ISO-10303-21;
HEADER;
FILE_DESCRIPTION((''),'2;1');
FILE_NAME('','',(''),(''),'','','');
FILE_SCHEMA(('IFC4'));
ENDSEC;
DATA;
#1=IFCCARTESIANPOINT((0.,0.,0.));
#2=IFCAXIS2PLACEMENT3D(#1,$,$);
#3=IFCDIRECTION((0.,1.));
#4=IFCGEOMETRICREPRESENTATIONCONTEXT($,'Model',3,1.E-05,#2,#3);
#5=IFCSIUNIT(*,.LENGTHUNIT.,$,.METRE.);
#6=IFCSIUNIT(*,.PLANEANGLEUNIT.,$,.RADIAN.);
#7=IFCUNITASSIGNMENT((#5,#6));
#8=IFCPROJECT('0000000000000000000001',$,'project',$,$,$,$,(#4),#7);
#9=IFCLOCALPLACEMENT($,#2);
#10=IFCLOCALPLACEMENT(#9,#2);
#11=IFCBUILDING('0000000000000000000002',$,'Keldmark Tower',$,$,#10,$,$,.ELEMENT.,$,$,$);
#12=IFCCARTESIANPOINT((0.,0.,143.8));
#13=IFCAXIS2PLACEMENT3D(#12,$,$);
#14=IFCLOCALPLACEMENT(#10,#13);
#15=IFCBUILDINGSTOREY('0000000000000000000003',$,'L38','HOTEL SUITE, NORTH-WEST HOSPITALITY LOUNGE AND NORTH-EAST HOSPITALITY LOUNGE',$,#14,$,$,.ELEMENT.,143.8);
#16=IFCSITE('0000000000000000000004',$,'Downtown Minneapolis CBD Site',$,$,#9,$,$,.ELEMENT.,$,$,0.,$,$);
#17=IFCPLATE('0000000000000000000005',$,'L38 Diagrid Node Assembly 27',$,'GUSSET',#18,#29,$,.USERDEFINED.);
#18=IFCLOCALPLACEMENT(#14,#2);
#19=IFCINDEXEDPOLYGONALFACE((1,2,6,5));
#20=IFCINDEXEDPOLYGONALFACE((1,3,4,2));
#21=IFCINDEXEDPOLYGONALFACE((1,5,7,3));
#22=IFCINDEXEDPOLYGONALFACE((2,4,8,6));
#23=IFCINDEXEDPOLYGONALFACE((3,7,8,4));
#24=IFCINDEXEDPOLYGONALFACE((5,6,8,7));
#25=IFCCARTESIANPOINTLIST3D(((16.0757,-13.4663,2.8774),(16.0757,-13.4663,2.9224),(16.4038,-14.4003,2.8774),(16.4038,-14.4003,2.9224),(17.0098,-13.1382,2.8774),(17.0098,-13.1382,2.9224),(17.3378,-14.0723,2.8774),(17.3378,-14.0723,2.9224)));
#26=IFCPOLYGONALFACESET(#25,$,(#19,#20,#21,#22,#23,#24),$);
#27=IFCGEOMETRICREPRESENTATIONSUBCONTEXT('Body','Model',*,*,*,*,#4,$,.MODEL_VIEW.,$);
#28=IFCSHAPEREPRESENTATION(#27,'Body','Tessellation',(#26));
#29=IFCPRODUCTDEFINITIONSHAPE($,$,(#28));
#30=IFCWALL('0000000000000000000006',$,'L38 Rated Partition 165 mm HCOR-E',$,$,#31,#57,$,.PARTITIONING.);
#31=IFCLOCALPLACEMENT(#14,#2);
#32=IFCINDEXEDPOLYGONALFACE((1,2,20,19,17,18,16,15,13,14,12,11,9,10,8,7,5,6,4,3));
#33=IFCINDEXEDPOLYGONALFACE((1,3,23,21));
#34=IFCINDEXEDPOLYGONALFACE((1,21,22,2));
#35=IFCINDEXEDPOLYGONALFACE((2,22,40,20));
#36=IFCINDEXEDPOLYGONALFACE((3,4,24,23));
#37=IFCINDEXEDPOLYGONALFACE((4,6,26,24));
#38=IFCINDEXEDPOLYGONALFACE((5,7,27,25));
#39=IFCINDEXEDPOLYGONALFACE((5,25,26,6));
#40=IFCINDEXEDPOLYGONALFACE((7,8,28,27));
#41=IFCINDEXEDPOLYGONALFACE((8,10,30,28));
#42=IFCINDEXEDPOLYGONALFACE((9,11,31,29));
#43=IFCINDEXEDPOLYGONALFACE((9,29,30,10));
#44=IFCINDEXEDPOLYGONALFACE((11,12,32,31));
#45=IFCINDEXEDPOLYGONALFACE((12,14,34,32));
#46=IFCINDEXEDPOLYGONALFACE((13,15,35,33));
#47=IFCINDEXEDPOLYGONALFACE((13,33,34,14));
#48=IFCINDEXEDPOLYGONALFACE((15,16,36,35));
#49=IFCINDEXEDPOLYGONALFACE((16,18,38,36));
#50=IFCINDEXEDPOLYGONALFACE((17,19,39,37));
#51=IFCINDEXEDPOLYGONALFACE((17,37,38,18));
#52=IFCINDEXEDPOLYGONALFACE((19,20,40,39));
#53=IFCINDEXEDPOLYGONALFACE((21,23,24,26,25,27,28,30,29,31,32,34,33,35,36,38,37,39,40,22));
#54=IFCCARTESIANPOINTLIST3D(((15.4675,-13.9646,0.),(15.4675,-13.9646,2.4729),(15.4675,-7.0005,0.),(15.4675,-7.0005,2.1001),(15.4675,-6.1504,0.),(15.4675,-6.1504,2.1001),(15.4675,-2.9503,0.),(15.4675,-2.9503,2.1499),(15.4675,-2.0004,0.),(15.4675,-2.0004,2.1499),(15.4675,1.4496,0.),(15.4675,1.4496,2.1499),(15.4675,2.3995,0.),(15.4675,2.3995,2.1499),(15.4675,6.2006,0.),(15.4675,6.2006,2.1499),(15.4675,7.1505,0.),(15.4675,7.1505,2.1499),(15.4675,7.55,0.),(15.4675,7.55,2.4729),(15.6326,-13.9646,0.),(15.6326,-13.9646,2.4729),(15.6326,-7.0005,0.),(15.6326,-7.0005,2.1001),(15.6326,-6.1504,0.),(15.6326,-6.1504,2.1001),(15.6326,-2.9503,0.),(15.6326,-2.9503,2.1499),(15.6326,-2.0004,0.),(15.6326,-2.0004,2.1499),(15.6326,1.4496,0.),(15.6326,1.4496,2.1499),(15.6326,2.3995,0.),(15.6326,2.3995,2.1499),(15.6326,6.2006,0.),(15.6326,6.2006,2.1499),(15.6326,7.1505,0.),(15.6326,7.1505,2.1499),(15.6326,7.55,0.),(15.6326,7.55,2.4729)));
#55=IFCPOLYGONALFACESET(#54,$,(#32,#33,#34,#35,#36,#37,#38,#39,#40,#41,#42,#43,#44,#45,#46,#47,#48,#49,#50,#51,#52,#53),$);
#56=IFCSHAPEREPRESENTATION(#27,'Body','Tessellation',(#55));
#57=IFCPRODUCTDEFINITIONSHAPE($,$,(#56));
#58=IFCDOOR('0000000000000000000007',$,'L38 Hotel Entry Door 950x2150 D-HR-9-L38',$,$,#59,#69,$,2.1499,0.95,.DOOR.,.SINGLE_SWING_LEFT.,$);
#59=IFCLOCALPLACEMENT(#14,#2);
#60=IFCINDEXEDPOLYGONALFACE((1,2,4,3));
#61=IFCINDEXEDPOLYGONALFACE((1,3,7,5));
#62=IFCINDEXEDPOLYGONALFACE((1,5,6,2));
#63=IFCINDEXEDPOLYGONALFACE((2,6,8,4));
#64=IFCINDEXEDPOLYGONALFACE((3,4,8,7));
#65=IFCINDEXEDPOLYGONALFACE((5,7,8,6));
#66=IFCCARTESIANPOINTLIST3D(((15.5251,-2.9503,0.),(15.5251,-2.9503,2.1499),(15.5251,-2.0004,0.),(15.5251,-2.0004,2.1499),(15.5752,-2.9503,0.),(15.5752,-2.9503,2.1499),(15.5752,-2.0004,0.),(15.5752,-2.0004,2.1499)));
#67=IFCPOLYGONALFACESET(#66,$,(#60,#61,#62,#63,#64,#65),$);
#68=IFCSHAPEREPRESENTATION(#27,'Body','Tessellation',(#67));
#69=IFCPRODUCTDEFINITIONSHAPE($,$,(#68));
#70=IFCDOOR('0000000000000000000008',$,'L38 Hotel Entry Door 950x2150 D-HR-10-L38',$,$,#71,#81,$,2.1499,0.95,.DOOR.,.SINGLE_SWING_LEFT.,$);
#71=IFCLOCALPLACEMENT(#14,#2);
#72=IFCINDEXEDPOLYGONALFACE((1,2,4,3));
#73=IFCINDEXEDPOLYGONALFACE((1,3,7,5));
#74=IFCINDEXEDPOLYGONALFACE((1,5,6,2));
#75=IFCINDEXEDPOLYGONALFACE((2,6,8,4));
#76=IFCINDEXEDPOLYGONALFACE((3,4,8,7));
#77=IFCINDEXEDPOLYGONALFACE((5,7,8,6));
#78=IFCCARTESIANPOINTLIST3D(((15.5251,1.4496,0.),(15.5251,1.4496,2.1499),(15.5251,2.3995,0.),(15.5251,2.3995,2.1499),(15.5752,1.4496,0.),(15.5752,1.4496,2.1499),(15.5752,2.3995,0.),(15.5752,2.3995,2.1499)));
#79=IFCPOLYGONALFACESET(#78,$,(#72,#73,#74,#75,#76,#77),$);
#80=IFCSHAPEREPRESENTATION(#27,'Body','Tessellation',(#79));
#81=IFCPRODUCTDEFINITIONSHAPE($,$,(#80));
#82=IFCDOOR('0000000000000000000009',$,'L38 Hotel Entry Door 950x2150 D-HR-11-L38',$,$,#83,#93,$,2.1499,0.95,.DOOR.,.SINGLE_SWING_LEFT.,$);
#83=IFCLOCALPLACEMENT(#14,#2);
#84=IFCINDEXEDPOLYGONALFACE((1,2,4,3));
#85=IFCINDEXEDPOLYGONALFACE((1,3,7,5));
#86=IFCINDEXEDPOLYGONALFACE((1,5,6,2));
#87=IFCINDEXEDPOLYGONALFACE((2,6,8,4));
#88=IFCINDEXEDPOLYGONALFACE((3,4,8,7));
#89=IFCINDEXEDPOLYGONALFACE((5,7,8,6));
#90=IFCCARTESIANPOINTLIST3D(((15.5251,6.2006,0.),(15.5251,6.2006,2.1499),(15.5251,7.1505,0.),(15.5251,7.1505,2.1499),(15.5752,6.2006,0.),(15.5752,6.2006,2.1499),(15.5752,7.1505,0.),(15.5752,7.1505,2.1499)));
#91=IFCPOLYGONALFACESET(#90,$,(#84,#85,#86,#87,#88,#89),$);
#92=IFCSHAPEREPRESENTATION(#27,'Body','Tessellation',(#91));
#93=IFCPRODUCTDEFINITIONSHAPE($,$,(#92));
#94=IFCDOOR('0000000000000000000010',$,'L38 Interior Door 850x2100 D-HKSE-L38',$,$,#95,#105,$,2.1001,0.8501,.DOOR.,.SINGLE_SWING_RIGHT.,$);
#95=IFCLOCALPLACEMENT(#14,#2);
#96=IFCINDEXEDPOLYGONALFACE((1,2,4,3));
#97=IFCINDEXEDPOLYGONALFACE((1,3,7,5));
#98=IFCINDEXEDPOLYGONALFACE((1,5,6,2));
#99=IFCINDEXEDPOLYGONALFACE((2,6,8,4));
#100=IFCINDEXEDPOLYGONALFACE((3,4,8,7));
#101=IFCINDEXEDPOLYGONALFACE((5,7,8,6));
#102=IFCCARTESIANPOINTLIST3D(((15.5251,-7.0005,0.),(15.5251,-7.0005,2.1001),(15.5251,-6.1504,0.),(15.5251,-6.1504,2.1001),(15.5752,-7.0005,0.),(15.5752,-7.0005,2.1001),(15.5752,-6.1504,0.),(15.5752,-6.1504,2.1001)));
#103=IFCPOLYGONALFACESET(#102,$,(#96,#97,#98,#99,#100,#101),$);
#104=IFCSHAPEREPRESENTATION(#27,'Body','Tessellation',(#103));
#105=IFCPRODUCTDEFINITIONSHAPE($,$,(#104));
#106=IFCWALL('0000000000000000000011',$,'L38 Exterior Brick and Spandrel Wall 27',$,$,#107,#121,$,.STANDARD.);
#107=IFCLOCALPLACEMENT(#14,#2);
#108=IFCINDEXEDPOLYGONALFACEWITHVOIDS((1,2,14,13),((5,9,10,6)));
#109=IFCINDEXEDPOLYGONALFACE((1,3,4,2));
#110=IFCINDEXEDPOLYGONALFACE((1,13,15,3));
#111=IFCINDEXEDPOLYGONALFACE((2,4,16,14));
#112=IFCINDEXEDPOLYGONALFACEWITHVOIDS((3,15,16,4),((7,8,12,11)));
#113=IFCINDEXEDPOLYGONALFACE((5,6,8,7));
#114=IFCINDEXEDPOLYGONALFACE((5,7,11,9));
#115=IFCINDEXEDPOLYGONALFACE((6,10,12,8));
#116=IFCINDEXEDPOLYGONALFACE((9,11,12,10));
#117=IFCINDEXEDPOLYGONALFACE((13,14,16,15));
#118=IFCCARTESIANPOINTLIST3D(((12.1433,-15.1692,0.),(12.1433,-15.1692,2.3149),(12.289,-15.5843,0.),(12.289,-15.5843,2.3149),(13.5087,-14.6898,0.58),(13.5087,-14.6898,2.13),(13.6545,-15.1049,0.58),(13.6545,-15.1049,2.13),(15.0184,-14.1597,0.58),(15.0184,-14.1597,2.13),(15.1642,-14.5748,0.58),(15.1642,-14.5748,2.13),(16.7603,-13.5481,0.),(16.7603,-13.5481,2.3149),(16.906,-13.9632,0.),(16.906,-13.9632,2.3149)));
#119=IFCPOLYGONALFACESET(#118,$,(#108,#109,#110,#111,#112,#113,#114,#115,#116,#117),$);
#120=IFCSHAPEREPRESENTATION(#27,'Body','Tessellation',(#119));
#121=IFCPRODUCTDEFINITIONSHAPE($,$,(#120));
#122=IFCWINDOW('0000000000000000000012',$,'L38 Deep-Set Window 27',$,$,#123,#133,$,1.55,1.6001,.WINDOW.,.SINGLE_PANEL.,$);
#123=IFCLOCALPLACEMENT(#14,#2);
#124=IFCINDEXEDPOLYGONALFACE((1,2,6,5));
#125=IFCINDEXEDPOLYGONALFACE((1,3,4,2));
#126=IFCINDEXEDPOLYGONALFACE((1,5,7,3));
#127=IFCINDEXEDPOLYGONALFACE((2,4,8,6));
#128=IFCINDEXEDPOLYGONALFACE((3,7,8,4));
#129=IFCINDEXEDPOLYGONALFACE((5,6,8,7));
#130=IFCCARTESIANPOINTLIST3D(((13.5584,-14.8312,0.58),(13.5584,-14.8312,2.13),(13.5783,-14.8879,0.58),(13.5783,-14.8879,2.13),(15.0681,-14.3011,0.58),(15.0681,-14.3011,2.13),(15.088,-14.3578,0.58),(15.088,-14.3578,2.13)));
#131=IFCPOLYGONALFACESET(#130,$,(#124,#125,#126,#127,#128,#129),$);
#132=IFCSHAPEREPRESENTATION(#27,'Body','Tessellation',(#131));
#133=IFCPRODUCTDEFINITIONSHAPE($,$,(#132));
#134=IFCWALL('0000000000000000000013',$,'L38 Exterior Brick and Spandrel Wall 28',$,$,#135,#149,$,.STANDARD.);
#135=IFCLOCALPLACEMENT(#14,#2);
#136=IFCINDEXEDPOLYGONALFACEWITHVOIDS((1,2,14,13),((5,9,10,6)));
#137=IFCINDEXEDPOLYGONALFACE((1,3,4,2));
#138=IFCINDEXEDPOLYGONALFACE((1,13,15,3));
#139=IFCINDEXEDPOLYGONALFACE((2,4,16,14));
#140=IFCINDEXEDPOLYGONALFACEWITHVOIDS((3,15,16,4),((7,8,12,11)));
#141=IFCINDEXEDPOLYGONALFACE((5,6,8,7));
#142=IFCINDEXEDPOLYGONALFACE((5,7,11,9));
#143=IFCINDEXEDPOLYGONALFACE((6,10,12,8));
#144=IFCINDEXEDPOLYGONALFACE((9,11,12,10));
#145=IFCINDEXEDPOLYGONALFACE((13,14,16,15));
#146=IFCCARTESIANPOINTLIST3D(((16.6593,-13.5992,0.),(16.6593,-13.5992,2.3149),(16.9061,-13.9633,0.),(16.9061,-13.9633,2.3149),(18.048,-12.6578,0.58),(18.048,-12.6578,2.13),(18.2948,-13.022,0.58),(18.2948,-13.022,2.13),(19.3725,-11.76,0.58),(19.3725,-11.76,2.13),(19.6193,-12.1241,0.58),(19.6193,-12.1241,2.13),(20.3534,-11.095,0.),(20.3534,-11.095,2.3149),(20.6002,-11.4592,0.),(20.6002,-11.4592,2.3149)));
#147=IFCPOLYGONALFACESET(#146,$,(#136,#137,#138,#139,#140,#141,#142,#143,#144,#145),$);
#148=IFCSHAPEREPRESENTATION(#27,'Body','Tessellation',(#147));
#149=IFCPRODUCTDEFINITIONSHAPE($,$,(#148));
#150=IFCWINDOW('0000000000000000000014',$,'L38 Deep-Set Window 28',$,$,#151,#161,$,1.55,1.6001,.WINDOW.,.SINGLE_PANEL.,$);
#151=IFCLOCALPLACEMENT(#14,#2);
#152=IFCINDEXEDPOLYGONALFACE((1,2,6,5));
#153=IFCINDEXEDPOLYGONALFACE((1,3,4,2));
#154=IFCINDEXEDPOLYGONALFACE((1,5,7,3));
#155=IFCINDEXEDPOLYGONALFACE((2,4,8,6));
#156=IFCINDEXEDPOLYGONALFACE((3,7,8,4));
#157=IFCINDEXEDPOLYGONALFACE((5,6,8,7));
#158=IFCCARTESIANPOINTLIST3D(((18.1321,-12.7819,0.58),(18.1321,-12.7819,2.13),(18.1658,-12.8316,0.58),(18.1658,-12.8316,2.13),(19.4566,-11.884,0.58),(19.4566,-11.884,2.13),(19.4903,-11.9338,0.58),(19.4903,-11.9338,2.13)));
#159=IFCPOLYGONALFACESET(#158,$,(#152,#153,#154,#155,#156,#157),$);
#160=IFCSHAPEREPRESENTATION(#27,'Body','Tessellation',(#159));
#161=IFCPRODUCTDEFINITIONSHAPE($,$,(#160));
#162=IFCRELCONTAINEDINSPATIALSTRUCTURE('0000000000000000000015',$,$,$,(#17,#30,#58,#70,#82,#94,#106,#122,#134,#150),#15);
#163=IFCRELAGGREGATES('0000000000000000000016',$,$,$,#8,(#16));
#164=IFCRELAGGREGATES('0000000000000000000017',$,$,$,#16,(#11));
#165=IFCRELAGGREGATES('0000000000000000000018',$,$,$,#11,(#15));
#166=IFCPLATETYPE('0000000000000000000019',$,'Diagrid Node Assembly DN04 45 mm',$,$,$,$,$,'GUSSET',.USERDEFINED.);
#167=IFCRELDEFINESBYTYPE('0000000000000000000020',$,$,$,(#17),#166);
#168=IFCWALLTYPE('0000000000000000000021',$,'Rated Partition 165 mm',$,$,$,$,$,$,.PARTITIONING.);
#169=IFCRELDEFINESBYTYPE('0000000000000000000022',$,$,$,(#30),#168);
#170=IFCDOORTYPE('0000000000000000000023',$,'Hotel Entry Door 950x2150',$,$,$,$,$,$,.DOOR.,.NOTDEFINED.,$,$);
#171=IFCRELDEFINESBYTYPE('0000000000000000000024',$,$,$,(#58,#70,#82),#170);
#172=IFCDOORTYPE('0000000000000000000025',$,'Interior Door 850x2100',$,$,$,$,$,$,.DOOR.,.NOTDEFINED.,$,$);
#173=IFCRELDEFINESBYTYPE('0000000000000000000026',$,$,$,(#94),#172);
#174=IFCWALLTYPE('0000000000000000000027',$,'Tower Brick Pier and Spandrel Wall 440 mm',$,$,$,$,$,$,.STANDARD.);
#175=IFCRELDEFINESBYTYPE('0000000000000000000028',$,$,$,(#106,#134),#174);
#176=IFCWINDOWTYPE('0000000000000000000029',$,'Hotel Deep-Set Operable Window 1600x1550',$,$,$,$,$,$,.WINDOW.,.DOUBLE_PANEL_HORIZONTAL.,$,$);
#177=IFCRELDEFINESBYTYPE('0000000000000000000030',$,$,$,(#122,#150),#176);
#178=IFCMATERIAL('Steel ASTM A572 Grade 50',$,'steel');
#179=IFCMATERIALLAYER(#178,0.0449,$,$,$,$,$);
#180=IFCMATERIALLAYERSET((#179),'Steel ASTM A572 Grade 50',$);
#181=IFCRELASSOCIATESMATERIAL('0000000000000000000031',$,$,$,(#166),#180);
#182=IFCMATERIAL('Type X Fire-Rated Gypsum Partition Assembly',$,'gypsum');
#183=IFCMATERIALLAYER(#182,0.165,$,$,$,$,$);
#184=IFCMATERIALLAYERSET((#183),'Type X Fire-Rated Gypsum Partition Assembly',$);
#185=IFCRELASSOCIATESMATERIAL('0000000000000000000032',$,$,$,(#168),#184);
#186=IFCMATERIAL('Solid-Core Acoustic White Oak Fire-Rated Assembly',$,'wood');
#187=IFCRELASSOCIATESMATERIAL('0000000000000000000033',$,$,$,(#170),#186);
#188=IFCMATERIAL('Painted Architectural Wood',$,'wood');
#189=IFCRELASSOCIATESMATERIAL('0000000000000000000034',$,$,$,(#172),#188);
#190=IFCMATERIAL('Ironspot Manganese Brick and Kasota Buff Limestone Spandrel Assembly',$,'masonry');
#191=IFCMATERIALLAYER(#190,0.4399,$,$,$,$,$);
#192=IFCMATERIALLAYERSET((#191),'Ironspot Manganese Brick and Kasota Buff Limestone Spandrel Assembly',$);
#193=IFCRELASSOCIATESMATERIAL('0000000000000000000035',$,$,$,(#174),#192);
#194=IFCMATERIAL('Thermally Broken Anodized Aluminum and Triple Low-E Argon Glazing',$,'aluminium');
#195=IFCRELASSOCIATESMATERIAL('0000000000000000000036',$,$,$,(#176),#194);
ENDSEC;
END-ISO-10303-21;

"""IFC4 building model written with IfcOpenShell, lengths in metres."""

from ifc_helpers import new_model, si_unit, direction, frame, frame_2d, origin, origin_2d, place, context, subcontext, project, spatial, rectangle, extrude, material, layer, layer_set, type_object, element, fill, save


model = new_model("IFC4")

# Units and contexts
model_context = context("Model", 3, precision=1e-05, world=origin(), true_north=direction((0.0, 1.0)))
body_context = subcontext(model_context, "Body", "Model", "MODEL_VIEW")
ifc_project = project(units=[si_unit("LENGTHUNIT", "METRE"), si_unit("PLANEANGLEUNIT", "RADIAN")], contexts=[model_context])

# Site, building, storey
site_placement = place(None, origin())
site = spatial("IfcSite", under=ifc_project, at=site_placement, Name="Downtown Minneapolis CBD Site", CompositionType="ELEMENT", RefElevation=0.0)
building_placement = place(site_placement, origin())
building = spatial("IfcBuilding", under=site, at=building_placement, Name="Keldmark Tower", CompositionType="ELEMENT")
storey_placement = place(building_placement, frame((0.0, 0.0, 143.8)))
storey = spatial("IfcBuildingStorey", under=building, at=storey_placement, Name="L38", Description="HOTEL SUITE, NORTH-WEST HOSPITALITY LOUNGE AND NORTH-EAST HOSPITALITY LOUNGE", CompositionType="ELEMENT", Elevation=143.8)

# Plate
ifc_material_1 = material(Name="Steel ASTM A572 Grade 50", Category="steel")
ifc_layer_1 = layer(ifc_material_1, 0.0449)
ifc_layer_set_1 = layer_set([ifc_layer_1], Name="Steel ASTM A572 Grade 50")
plate_type = type_object("IfcPlateType", Name="Diagrid Node Assembly DN04 45 mm", ElementType="GUSSET", PredefinedType="USERDEFINED", material=ifc_layer_set_1)
plate_placement = place(storey_placement, frame((16.7068, -13.7693, 2.8774), z_axis=(0.0, 0.0, 1.0), x_axis=(0.943512, 0.331338, 0.0)))
element("IfcPlate", 1, at=plate_placement, inside=storey, type_object=plate_type, Name="L38 Diagrid Node Assembly 27", ObjectType="GUSSET", PredefinedType="USERDEFINED", context=body_context, shape_type="SweptSolid", body=[
    extrude(rectangle(XDim=0.99, YDim=0.99, at=origin_2d()), origin(), (0.0, 0.0, 1.0), 0.0449),
])

# Wall, openings, doors
ifc_material_2 = material(Name="Type X Fire-Rated Gypsum Partition Assembly", Category="gypsum")
ifc_layer_2 = layer(ifc_material_2, 0.165)
ifc_layer_set_2 = layer_set([ifc_layer_2], Name="Type X Fire-Rated Gypsum Partition Assembly")
wall_type_1 = type_object("IfcWallType", Name="Rated Partition 165 mm", PredefinedType="PARTITIONING", material=ifc_layer_set_2)
wall_1_placement = place(storey_placement, frame((15.55, -13.9646, 0.0), z_axis=(0.0, 0.0, 1.0), x_axis=(0.0, 1.0, 0.0)))
wall_1 = element("IfcWall", 2, at=wall_1_placement, inside=storey, type_object=wall_type_1, Name="L38 Rated Partition 165 mm HCOR-E", PredefinedType="PARTITIONING", context=body_context, shape_type="SweptSolid", body=[
    extrude(rectangle(XDim=21.5146, YDim=0.165, at=frame_2d((10.7573, 0.0))), origin(), (0.0, 0.0, 1.0), 2.4729),
])
opening_1_placement = place(wall_1_placement, frame((6.9641, 0.0, 0.0)))
opening_1 = element("IfcOpeningElement", 3, at=opening_1_placement, cuts=wall_1, PredefinedType="OPENING", context=body_context, shape_type="SweptSolid", body=[
    extrude(rectangle(XDim=0.8501, YDim=2.1001, at=frame_2d((0.425, 1.05))), frame((0.0, 0.0925, 0.0), z_axis=(0.0, -1.0, 0.0), x_axis=(1.0, 0.0, 0.0)), (0.0, 0.0, 1.0), 0.1851),
])
opening_2_placement = place(wall_1_placement, frame((11.0142, 0.0, 0.0)))
opening_2 = element("IfcOpeningElement", 4, at=opening_2_placement, cuts=wall_1, PredefinedType="OPENING", context=body_context, shape_type="SweptSolid", body=[
    extrude(rectangle(XDim=0.95, YDim=2.1499, at=frame_2d((0.4751, 1.075))), frame((0.0, 0.0925, 0.0), z_axis=(0.0, -1.0, 0.0), x_axis=(1.0, 0.0, 0.0)), (0.0, 0.0, 1.0), 0.1851),
])
opening_3_placement = place(wall_1_placement, frame((15.4141, 0.0, 0.0)))
opening_3 = element("IfcOpeningElement", 5, at=opening_3_placement, cuts=wall_1, PredefinedType="OPENING", context=body_context, shape_type="SweptSolid", body=[
    extrude(rectangle(XDim=0.95, YDim=2.1499, at=frame_2d((0.4751, 1.075))), frame((0.0, 0.0925, 0.0), z_axis=(0.0, -1.0, 0.0), x_axis=(1.0, 0.0, 0.0)), (0.0, 0.0, 1.0), 0.1851),
])
opening_4_placement = place(wall_1_placement, frame((20.165, 0.0, 0.0)))
opening_4 = element("IfcOpeningElement", 6, at=opening_4_placement, cuts=wall_1, PredefinedType="OPENING", context=body_context, shape_type="SweptSolid", body=[
    extrude(rectangle(XDim=0.95, YDim=2.1499, at=frame_2d((0.4751, 1.075))), frame((0.0, 0.0925, 0.0), z_axis=(0.0, -1.0, 0.0), x_axis=(1.0, 0.0, 0.0)), (0.0, 0.0, 1.0), 0.1851),
])
ifc_material_3 = material(Name="Solid-Core Acoustic White Oak Fire-Rated Assembly", Category="wood")
door_type_1 = type_object("IfcDoorType", Name="Hotel Entry Door 950x2150", OperationType="NOTDEFINED", PredefinedType="DOOR", material=ifc_material_3)
door_1_placement = place(opening_2_placement, origin())
door_1 = element("IfcDoor", 7, at=door_1_placement, inside=storey, type_object=door_type_1, Name="L38 Hotel Entry Door 950x2150 D-HR-9-L38", OperationType="SINGLE_SWING_LEFT", OverallHeight=2.1499, OverallWidth=0.95, PredefinedType="DOOR", context=body_context, shape_type="SweptSolid", body=[
    extrude(rectangle(XDim=0.95, YDim=2.1499, at=frame_2d((0.4751, 1.075))), frame((0.0, 0.0249, 0.0), z_axis=(0.0, -1.0, 0.0), x_axis=(1.0, 0.0, 0.0)), (0.0, 0.0, 1.0), 0.05),
])
fill(opening_2, door_1)
door_2_placement = place(opening_3_placement, origin())
door_2 = element("IfcDoor", 8, at=door_2_placement, inside=storey, type_object=door_type_1, Name="L38 Hotel Entry Door 950x2150 D-HR-10-L38", OperationType="SINGLE_SWING_LEFT", OverallHeight=2.1499, OverallWidth=0.95, PredefinedType="DOOR", context=body_context, shape_type="SweptSolid", body=[
    extrude(rectangle(XDim=0.95, YDim=2.1499, at=frame_2d((0.4751, 1.075))), frame((0.0, 0.0249, 0.0), z_axis=(0.0, -1.0, 0.0), x_axis=(1.0, 0.0, 0.0)), (0.0, 0.0, 1.0), 0.05),
])
fill(opening_3, door_2)
door_3_placement = place(opening_4_placement, origin())
door_3 = element("IfcDoor", 9, at=door_3_placement, inside=storey, type_object=door_type_1, Name="L38 Hotel Entry Door 950x2150 D-HR-11-L38", OperationType="SINGLE_SWING_LEFT", OverallHeight=2.1499, OverallWidth=0.95, PredefinedType="DOOR", context=body_context, shape_type="SweptSolid", body=[
    extrude(rectangle(XDim=0.95, YDim=2.1499, at=frame_2d((0.4751, 1.075))), frame((0.0, 0.0249, 0.0), z_axis=(0.0, -1.0, 0.0), x_axis=(1.0, 0.0, 0.0)), (0.0, 0.0, 1.0), 0.05),
])
fill(opening_4, door_3)
ifc_material_4 = material(Name="Painted Architectural Wood", Category="wood")
door_type_2 = type_object("IfcDoorType", Name="Interior Door 850x2100", OperationType="NOTDEFINED", PredefinedType="DOOR", material=ifc_material_4)
door_4_placement = place(opening_1_placement, origin())
door_4 = element("IfcDoor", 10, at=door_4_placement, inside=storey, type_object=door_type_2, Name="L38 Interior Door 850x2100 D-HKSE-L38", OperationType="SINGLE_SWING_RIGHT", OverallHeight=2.1001, OverallWidth=0.8501, PredefinedType="DOOR", context=body_context, shape_type="SweptSolid", body=[
    extrude(rectangle(XDim=0.8501, YDim=2.1001, at=frame_2d((0.425, 1.05))), frame((0.0, 0.0249, 0.0), z_axis=(0.0, -1.0, 0.0), x_axis=(1.0, 0.0, 0.0)), (0.0, 0.0, 1.0), 0.05),
])
fill(opening_1, door_4)

# Walls, openings, windows
ifc_material_5 = material(Name="Ironspot Manganese Brick and Kasota Buff Limestone Spandrel Assembly", Category="masonry")
ifc_layer_3 = layer(ifc_material_5, 0.4399)
ifc_layer_set_3 = layer_set([ifc_layer_3], Name="Ironspot Manganese Brick and Kasota Buff Limestone Spandrel Assembly")
wall_type_2 = type_object("IfcWallType", Name="Tower Brick Pier and Spandrel Wall 440 mm", PredefinedType="STANDARD", material=ifc_layer_set_3)
wall_2_placement = place(storey_placement, frame((16.8333, -13.7556, 0.0), z_axis=(0.0, 0.0, 1.0), x_axis=(-0.943529, -0.33129, 0.0)))
wall_2 = element("IfcWall", 11, at=wall_2_placement, inside=storey, type_object=wall_type_2, Name="L38 Exterior Brick and Spandrel Wall 27", PredefinedType="STANDARD", context=body_context, shape_type="SweptSolid", body=[
    extrude(rectangle(XDim=4.8933, YDim=0.4399, at=frame_2d((2.4468, 0.0))), origin(), (0.0, 0.0, 1.0), 2.3149),
])
opening_5_placement = place(wall_2_placement, frame((1.8462, 0.0, 0.5801)))
opening_5 = element("IfcOpeningElement", 12, at=opening_5_placement, cuts=wall_2, PredefinedType="OPENING", context=body_context, shape_type="SweptSolid", body=[
    extrude(rectangle(XDim=1.6001, YDim=1.55, at=frame_2d((0.8, 0.7749))), frame((0.0, 0.23, 0.0), z_axis=(0.0, -1.0, 0.0), x_axis=(1.0, 0.0, 0.0)), (0.0, 0.0, 1.0), 0.46),
])
ifc_material_6 = material(Name="Thermally Broken Anodized Aluminum and Triple Low-E Argon Glazing", Category="aluminium")
window_type = type_object("IfcWindowType", Name="Hotel Deep-Set Operable Window 1600x1550", PartitioningType="DOUBLE_PANEL_HORIZONTAL", PredefinedType="WINDOW", material=ifc_material_6)
window_1_placement = place(opening_5_placement, origin())
window_1 = element("IfcWindow", 13, at=window_1_placement, inside=storey, type_object=window_type, Name="L38 Deep-Set Window 27", OverallHeight=1.55, OverallWidth=1.6001, PartitioningType="SINGLE_PANEL", PredefinedType="WINDOW", context=body_context, shape_type="SweptSolid", body=[
    extrude(rectangle(XDim=1.6001, YDim=1.55, at=frame_2d((0.8, 0.7749))), frame((0.0, -0.01, 0.0), z_axis=(0.0, -1.0, 0.0), x_axis=(1.0, 0.0, 0.0)), (0.0, 0.0, 1.0), 0.0601),
])
fill(opening_5, window_1)
wall_3_placement = place(storey_placement, frame((20.4768, -11.2771, 0.0), z_axis=(0.0, 0.0, 1.0), x_axis=(-0.827742, -0.561109, 0.0)))
wall_3 = element("IfcWall", 14, at=wall_3_placement, inside=storey, type_object=wall_type_2, Name="L38 Exterior Brick and Spandrel Wall 28", PredefinedType="STANDARD", context=body_context, shape_type="SweptSolid", body=[
    extrude(rectangle(XDim=4.4629, YDim=0.4399, at=frame_2d((2.2314, 0.0))), origin(), (0.0, 0.0, 1.0), 2.3149),
])
opening_6_placement = place(wall_3_placement, frame((1.1851, 0.0, 0.5801)))
opening_6 = element("IfcOpeningElement", 15, at=opening_6_placement, cuts=wall_3, PredefinedType="OPENING", context=body_context, shape_type="SweptSolid", body=[
    extrude(rectangle(XDim=1.6001, YDim=1.55, at=frame_2d((0.8, 0.7749))), frame((0.0, 0.23, 0.0), z_axis=(0.0, -1.0, 0.0), x_axis=(1.0, 0.0, 0.0)), (0.0, 0.0, 1.0), 0.46),
])
window_2_placement = place(opening_6_placement, origin())
window_2 = element("IfcWindow", 16, at=window_2_placement, inside=storey, type_object=window_type, Name="L38 Deep-Set Window 28", OverallHeight=1.55, OverallWidth=1.6001, PartitioningType="SINGLE_PANEL", PredefinedType="WINDOW", context=body_context, shape_type="SweptSolid", body=[
    extrude(rectangle(XDim=1.6001, YDim=1.55, at=frame_2d((0.8, 0.7749))), frame((0.0, -0.01, 0.0), z_axis=(0.0, -1.0, 0.0), x_axis=(1.0, 0.0, 0.0)), (0.0, 0.0, 1.0), 0.0601),
])
fill(opening_6, window_2)

save(model, "model.ifc")
